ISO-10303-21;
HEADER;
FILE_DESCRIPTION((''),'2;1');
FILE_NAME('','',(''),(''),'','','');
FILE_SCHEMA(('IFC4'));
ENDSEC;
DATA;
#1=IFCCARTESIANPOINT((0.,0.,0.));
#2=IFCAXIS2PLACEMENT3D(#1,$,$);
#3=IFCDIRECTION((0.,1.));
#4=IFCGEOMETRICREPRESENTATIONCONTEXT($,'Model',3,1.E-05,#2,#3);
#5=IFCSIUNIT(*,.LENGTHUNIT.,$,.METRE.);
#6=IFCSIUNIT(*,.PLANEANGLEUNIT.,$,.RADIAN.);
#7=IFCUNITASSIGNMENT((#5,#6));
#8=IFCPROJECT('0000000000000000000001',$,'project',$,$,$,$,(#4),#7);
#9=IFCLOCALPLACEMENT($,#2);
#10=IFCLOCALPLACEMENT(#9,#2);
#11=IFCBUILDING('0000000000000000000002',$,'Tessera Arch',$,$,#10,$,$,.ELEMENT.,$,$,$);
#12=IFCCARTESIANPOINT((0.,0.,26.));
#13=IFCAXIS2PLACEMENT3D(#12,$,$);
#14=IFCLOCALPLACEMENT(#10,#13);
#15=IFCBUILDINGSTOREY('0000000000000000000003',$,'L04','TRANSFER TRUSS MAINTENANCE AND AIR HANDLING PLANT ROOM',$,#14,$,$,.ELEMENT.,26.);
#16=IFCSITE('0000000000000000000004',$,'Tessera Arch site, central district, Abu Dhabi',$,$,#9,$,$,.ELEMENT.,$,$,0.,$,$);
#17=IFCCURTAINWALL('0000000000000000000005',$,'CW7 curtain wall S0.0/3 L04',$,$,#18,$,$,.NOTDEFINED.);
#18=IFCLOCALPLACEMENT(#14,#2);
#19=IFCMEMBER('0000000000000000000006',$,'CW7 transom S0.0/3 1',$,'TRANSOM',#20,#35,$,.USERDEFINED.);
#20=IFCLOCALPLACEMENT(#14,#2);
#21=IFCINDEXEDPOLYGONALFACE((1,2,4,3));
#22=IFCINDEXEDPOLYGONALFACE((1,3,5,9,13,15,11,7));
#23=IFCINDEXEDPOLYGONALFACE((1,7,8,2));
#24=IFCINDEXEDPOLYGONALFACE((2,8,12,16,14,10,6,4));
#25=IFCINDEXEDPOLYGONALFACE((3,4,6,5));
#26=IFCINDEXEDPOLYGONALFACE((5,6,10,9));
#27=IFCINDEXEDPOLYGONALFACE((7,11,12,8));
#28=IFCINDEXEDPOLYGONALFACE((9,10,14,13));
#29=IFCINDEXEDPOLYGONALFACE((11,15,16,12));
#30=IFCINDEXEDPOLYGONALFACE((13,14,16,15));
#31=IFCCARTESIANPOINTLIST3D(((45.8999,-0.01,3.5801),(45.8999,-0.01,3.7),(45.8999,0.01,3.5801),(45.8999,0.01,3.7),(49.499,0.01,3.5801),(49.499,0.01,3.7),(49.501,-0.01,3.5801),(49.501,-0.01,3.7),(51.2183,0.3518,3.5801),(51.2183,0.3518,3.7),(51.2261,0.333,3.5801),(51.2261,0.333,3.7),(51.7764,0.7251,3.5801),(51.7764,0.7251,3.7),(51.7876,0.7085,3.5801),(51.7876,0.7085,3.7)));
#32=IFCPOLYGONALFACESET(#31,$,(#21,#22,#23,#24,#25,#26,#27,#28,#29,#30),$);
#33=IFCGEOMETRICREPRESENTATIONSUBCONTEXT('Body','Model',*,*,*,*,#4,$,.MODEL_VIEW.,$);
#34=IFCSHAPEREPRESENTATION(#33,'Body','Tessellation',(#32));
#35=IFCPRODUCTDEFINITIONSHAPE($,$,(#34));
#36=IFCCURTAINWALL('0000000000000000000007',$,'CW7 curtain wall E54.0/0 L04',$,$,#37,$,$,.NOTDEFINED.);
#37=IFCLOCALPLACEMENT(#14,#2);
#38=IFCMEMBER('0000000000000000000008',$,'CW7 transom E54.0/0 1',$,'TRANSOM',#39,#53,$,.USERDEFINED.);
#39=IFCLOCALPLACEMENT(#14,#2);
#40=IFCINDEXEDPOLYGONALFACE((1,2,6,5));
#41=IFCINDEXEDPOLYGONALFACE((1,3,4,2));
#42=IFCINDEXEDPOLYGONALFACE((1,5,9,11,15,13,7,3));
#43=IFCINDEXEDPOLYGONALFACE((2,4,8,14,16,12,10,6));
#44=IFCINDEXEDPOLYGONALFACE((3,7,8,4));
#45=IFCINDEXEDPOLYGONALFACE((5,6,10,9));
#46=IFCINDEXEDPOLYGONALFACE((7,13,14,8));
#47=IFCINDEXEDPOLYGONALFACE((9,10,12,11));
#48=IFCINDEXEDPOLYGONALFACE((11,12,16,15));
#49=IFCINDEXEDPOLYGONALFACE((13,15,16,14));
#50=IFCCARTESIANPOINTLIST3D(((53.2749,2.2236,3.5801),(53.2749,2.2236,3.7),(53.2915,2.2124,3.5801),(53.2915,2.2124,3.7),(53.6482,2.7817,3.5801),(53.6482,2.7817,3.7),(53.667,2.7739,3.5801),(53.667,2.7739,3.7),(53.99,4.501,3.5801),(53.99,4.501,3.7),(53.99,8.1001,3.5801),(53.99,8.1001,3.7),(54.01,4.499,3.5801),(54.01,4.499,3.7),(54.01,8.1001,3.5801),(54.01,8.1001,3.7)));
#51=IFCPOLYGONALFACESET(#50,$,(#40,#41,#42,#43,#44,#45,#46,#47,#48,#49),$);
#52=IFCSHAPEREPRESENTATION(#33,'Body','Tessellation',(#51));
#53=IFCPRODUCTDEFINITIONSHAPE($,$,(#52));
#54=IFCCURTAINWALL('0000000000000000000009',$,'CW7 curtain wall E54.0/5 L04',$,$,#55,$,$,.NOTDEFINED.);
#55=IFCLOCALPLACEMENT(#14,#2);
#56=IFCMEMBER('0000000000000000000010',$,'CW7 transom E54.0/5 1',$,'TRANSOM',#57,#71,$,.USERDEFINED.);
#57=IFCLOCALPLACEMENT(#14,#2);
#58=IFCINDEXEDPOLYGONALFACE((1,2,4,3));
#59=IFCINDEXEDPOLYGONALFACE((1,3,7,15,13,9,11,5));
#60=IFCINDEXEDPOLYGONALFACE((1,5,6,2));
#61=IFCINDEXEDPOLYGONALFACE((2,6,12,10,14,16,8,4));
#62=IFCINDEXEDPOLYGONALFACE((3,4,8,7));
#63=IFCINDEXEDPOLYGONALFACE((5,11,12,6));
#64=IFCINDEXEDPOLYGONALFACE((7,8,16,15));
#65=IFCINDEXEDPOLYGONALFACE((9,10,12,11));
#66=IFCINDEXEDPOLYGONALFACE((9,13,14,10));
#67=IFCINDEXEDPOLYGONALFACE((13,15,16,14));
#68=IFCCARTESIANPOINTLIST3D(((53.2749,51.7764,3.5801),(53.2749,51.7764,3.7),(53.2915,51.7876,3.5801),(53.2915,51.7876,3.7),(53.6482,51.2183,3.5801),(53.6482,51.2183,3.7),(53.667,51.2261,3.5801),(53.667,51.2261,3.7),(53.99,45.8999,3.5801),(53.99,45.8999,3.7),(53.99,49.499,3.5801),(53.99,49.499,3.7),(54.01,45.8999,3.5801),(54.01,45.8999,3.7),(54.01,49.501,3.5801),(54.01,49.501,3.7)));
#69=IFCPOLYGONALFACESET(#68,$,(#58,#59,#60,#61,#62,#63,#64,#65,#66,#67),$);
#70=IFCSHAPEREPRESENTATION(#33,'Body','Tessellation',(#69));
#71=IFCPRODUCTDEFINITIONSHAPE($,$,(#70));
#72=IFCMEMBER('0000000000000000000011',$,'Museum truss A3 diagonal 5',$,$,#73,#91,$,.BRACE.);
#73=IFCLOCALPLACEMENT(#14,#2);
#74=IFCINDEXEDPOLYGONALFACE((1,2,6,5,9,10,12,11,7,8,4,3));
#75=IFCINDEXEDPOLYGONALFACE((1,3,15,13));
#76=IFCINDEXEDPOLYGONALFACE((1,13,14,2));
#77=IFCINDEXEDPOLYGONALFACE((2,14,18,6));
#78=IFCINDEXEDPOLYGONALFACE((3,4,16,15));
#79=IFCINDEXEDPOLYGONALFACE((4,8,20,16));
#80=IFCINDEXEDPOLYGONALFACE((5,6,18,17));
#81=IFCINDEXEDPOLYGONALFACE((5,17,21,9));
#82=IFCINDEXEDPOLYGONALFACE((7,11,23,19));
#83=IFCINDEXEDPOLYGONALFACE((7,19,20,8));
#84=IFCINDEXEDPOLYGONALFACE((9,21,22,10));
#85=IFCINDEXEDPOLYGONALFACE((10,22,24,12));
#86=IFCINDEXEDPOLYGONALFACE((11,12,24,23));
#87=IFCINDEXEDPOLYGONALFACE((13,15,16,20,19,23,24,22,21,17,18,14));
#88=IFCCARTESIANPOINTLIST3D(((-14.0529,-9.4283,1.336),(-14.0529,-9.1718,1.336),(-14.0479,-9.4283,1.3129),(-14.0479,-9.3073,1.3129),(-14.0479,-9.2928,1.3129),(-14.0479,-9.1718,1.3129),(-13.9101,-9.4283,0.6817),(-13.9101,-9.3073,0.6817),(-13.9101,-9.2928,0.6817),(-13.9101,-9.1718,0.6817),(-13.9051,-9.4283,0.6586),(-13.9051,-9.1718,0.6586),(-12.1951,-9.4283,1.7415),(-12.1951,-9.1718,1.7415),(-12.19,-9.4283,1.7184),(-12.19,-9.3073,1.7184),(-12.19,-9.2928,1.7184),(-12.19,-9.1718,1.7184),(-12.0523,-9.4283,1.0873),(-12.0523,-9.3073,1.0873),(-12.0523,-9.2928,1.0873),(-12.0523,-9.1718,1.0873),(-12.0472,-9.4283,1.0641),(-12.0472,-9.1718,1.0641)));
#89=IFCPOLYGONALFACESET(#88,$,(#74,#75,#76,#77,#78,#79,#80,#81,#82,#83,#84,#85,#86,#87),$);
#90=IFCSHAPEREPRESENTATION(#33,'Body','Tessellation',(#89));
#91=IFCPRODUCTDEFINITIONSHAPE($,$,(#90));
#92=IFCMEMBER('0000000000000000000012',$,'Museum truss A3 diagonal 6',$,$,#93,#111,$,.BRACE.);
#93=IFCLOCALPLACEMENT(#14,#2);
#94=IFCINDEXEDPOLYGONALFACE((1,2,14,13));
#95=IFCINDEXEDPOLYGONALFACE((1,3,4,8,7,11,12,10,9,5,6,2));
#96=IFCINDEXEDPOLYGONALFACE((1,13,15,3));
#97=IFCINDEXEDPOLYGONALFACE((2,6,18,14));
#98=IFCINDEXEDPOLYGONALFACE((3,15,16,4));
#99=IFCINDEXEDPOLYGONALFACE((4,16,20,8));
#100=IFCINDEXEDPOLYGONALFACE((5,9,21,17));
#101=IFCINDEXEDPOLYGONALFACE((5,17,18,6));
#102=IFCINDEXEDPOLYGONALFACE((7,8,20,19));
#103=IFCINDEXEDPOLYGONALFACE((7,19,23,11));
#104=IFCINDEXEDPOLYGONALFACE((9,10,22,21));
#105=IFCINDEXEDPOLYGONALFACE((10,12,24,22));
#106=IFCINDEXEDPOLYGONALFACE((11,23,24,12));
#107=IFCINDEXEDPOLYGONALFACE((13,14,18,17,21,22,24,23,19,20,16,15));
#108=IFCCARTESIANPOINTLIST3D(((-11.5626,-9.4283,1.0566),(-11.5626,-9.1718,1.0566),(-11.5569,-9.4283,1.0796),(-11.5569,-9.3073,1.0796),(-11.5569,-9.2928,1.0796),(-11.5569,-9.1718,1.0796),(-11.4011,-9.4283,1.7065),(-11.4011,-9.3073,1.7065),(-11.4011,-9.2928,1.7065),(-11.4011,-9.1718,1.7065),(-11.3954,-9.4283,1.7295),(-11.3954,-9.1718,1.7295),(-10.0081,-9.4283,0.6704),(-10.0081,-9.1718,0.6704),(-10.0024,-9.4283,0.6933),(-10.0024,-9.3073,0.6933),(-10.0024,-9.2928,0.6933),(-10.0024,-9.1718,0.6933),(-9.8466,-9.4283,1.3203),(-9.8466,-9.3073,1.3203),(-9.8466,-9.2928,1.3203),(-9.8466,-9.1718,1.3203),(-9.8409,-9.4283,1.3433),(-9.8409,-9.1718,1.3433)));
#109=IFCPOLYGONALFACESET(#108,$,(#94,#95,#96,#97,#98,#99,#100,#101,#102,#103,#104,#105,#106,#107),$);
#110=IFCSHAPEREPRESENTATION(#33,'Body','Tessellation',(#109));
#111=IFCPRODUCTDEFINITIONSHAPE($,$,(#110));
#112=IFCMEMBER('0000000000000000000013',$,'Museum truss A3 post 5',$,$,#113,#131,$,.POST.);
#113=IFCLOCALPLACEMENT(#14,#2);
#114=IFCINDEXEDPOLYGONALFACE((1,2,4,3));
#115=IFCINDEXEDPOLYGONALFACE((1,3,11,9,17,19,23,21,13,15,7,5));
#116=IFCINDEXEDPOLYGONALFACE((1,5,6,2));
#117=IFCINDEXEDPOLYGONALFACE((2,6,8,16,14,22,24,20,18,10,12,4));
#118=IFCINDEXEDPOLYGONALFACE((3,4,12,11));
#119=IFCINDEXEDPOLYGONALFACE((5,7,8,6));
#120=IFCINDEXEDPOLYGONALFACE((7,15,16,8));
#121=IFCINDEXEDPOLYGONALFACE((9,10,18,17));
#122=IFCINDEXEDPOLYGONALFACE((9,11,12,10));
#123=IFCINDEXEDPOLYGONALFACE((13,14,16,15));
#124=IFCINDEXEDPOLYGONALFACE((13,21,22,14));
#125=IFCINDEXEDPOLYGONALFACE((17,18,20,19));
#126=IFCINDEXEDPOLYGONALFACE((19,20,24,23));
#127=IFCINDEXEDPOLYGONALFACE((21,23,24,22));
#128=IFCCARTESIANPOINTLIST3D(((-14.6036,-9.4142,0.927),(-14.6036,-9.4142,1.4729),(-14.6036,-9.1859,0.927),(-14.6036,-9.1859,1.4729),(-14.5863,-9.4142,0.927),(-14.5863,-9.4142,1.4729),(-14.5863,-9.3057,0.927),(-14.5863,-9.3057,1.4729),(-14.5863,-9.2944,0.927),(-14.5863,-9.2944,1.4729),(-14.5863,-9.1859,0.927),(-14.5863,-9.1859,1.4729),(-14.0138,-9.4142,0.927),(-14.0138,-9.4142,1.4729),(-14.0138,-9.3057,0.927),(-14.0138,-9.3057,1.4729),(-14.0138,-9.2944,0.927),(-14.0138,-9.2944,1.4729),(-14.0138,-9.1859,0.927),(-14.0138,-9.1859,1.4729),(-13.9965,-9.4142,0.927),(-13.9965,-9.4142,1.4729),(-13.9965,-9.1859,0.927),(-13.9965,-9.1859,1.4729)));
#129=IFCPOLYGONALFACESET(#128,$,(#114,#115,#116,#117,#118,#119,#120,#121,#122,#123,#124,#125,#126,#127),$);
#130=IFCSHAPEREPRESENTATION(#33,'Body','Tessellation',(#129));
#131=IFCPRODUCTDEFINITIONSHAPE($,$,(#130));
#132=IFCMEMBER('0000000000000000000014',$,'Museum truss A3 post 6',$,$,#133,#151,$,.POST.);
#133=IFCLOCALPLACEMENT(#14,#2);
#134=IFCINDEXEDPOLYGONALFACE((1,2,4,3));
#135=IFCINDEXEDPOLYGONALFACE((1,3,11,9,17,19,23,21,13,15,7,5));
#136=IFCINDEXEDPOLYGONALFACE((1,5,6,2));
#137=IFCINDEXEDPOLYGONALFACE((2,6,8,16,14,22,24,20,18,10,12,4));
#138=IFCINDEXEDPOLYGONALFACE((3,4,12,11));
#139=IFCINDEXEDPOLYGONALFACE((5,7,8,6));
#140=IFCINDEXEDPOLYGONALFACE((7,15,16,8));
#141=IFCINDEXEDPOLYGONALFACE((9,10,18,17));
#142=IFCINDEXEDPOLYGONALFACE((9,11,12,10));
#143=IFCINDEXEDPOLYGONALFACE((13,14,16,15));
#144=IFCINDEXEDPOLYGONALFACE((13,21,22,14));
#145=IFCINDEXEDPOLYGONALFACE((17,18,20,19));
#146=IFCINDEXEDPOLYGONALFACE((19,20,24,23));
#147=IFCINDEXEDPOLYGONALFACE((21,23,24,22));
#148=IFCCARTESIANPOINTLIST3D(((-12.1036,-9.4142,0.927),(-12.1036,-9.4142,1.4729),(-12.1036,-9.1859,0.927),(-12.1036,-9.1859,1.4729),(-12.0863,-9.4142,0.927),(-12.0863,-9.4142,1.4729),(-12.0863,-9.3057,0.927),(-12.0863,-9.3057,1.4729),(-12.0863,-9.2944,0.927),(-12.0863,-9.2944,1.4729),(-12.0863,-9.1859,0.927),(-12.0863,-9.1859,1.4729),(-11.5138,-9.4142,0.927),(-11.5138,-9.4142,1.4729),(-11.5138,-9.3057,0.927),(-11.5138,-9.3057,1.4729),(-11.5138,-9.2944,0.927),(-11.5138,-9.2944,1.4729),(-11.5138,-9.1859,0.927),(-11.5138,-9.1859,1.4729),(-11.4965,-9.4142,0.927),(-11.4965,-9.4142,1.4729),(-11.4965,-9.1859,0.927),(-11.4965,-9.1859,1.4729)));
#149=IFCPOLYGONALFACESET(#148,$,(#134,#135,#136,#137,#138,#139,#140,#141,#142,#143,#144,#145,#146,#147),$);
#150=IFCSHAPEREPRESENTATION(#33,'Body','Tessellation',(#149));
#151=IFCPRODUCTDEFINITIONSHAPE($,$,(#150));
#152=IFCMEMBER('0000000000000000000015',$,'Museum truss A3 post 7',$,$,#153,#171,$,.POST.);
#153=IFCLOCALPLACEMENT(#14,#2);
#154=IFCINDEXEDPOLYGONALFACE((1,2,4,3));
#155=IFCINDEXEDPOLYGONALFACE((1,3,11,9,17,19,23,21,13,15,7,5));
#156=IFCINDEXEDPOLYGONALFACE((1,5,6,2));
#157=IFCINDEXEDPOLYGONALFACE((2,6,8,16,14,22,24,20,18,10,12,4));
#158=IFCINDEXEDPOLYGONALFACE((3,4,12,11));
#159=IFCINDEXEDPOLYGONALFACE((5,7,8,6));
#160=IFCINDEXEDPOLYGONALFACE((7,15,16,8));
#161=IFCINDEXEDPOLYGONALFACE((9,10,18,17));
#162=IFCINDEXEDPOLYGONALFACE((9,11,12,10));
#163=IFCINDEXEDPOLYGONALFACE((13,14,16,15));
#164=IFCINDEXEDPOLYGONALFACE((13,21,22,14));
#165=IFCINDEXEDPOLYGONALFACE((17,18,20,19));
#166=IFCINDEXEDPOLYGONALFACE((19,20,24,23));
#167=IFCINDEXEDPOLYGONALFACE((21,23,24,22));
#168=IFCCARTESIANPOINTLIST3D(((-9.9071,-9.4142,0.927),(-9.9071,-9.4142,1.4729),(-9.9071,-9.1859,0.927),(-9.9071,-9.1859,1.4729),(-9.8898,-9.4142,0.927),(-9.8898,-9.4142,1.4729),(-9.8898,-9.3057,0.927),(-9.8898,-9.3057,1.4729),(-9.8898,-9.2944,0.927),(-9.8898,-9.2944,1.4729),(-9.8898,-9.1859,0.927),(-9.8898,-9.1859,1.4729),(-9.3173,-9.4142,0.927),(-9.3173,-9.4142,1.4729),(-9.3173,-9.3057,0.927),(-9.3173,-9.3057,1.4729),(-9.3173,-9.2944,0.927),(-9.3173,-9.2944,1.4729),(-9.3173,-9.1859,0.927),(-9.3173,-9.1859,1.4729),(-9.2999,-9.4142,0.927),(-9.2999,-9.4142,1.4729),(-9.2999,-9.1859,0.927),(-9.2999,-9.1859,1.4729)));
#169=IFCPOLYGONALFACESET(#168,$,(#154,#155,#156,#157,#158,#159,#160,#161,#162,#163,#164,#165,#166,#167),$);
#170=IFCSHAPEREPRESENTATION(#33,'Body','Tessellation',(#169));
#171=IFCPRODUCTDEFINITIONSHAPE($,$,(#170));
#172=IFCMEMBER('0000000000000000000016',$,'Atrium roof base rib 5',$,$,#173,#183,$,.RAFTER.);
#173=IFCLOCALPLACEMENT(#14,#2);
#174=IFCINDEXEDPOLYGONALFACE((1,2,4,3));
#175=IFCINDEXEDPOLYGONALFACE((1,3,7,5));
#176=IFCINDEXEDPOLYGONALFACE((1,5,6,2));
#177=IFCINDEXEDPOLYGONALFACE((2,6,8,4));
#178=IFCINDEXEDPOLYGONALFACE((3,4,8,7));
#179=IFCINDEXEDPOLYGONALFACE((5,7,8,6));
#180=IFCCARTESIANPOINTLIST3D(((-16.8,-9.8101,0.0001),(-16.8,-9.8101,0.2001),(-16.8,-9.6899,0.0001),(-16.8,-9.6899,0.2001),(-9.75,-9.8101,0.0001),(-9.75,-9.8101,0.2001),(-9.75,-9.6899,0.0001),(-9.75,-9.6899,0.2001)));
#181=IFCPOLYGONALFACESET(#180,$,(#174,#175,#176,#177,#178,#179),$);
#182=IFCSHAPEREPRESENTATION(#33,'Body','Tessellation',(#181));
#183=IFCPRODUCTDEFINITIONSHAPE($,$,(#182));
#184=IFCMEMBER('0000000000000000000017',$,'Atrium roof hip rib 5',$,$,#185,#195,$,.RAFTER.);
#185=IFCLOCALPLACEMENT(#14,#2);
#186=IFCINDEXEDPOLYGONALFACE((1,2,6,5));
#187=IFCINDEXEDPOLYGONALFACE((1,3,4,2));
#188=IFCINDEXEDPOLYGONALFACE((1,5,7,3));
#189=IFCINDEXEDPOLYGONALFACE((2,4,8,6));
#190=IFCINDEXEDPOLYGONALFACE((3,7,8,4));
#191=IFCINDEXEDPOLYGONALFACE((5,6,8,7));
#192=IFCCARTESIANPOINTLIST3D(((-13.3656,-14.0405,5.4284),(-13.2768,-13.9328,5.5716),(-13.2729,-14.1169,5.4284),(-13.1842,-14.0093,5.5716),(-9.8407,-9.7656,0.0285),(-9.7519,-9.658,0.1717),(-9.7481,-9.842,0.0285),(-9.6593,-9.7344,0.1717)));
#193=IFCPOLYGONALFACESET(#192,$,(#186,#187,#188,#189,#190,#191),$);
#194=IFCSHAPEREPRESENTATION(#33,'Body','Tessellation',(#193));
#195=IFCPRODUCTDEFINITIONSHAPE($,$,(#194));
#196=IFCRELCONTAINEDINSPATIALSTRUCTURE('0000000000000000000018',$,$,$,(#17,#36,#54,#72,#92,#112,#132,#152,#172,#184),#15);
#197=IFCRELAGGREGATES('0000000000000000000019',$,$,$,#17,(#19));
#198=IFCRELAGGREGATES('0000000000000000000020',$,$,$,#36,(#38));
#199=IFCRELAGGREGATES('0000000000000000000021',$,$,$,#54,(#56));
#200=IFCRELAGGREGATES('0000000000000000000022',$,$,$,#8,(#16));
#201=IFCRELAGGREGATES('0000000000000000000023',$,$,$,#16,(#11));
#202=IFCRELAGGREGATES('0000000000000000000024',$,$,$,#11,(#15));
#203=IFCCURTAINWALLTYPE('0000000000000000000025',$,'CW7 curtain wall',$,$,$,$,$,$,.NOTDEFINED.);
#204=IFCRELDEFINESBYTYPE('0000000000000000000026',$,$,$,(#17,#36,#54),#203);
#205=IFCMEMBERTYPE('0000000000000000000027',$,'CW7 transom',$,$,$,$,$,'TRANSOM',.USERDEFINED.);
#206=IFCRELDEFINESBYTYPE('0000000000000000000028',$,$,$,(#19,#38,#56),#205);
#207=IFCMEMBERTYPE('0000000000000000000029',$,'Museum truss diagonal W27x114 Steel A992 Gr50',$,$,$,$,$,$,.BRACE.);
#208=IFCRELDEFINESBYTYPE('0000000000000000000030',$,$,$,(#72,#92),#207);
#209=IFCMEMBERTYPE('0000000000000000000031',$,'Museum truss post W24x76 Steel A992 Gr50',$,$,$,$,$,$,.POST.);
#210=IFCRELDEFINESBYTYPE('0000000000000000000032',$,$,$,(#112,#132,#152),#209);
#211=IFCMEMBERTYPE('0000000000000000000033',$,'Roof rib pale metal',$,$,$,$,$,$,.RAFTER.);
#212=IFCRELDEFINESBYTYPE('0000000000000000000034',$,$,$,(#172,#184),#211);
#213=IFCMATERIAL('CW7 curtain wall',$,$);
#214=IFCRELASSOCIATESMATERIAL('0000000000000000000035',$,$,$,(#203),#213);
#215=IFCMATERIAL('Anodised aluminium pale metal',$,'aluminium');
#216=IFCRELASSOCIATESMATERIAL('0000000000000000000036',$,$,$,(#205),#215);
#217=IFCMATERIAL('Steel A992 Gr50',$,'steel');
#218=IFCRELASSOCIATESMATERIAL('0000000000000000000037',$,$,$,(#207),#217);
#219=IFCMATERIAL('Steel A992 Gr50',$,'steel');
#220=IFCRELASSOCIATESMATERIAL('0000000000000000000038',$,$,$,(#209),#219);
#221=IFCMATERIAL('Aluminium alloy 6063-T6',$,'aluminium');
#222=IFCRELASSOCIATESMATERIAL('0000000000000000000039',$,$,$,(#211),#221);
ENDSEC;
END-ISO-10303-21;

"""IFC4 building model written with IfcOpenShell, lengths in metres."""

from ifc_helpers import new_model, si_unit, direction, frame, origin, origin_2d, place, context, subcontext, project, spatial, polyline, rectangle, i_section, outline, extrude, material, material_profile, profile_set, type_object, element, aggregate, save


model = new_model("IFC4")

# Units and contexts
model_context = context("Model", 3, precision=1e-05, world=origin(), true_north=direction((0.0, 1.0)))
body_context = subcontext(model_context, "Body", "Model", "MODEL_VIEW")
ifc_project = project(units=[si_unit("LENGTHUNIT", "METRE"), si_unit("PLANEANGLEUNIT", "RADIAN")], contexts=[model_context])

# Site, building, storey
site_placement = place(None, origin())
site = spatial("IfcSite", under=ifc_project, at=site_placement, Name="Tessera Arch site, central district, Abu Dhabi", CompositionType="ELEMENT", RefElevation=0.0)
building_placement = place(site_placement, origin())
building = spatial("IfcBuilding", under=site, at=building_placement, Name="Tessera Arch", CompositionType="ELEMENT")
storey_placement = place(building_placement, frame((0.0, 0.0, 26.0)))
storey = spatial("IfcBuildingStorey", under=building, at=storey_placement, Name="L04", Description="TRANSFER TRUSS MAINTENANCE AND AIR HANDLING PLANT ROOM", CompositionType="ELEMENT", Elevation=26.0)

# Curtain walls, members
ifc_material_1 = material(Name="CW7 curtain wall")
curtain_wall_type = type_object("IfcCurtainWallType", Name="CW7 curtain wall", PredefinedType="NOTDEFINED", material=ifc_material_1)
curtain_wall_1_placement = place(storey_placement, origin())
curtain_wall_1 = element("IfcCurtainWall", 1, at=curtain_wall_1_placement, inside=storey, type_object=curtain_wall_type, Name="CW7 curtain wall S0.0/3 L04", PredefinedType="NOTDEFINED")
ifc_material_2 = material(Name="Anodised aluminium pale metal", Category="aluminium")
ifc_material_profile_1 = material_profile(ifc_material_2, rectangle(XDim=0.1599, YDim=0.1201, at=origin_2d()), Name="AL 160x120")
ifc_profile_set_1 = profile_set([ifc_material_profile_1], Name="Anodised aluminium pale metal")
member_type_1 = type_object("IfcMemberType", Name="CW7 transom", ElementType="TRANSOM", PredefinedType="USERDEFINED", material=ifc_profile_set_1)
member_1_placement = place(storey_placement, frame((0.0, 0.0, 3.5801)))
member_1 = element("IfcMember", 2, at=member_1_placement, type_object=member_type_1, Name="CW7 transom S0.0/3 1", ObjectType="TRANSOM", PredefinedType="USERDEFINED", context=body_context, shape_type="SweptSolid", body=[
    extrude(outline(polyline([(49.499, 0.01), (45.8999, 0.01), (45.8999, -0.01), (49.501, -0.01), (51.2261, 0.333), (51.7876, 0.7085), (51.7764, 0.7251), (51.2183, 0.3518), (49.499, 0.01)])), origin(), (0.0, 0.0, 1.0), 0.1199),
])
curtain_wall_2_placement = place(storey_placement, origin())
curtain_wall_2 = element("IfcCurtainWall", 3, at=curtain_wall_2_placement, inside=storey, type_object=curtain_wall_type, Name="CW7 curtain wall E54.0/0 L04", PredefinedType="NOTDEFINED")
member_2_placement = place(storey_placement, frame((0.0, 0.0, 3.5801)))
member_2 = element("IfcMember", 4, at=member_2_placement, type_object=member_type_1, Name="CW7 transom E54.0/0 1", ObjectType="TRANSOM", PredefinedType="USERDEFINED", context=body_context, shape_type="SweptSolid", body=[
    extrude(outline(polyline([(53.6482, 2.7817), (53.2749, 2.2236), (53.2915, 2.2124), (53.667, 2.7739), (54.01, 4.499), (54.01, 8.1001), (53.99, 8.1001), (53.99, 4.501), (53.6482, 2.7817)])), origin(), (0.0, 0.0, 1.0), 0.1199),
])
curtain_wall_3_placement = place(storey_placement, origin())
curtain_wall_3 = element("IfcCurtainWall", 5, at=curtain_wall_3_placement, inside=storey, type_object=curtain_wall_type, Name="CW7 curtain wall E54.0/5 L04", PredefinedType="NOTDEFINED")
member_3_placement = place(storey_placement, frame((0.0, 0.0, 3.5801)))
member_3 = element("IfcMember", 6, at=member_3_placement, type_object=member_type_1, Name="CW7 transom E54.0/5 1", ObjectType="TRANSOM", PredefinedType="USERDEFINED", context=body_context, shape_type="SweptSolid", body=[
    extrude(outline(polyline([(53.99, 49.499), (53.99, 45.8999), (54.01, 45.8999), (54.01, 49.501), (53.667, 51.2261), (53.2915, 51.7876), (53.2749, 51.7764), (53.6482, 51.2183), (53.99, 49.499)])), origin(), (0.0, 0.0, 1.0), 0.1199),
])

# Members
ifc_material_3 = material(Name="Steel A992 Gr50", Category="steel")
ifc_material_profile_2 = material_profile(ifc_material_3, i_section(OverallWidth=0.2566, OverallDepth=0.6934, WebThickness=0.0144, FlangeThickness=0.0237, at=origin_2d()), Name="W27x114")
ifc_profile_set_2 = profile_set([ifc_material_profile_2], Name="Steel A992 Gr50")
member_type_2 = type_object("IfcMemberType", Name="Museum truss diagonal W27x114 Steel A992 Gr50", PredefinedType="BRACE", material=ifc_profile_set_2)
member_4_placement = place(storey_placement, frame((-13.979, -9.3, 0.9973), z_axis=(0.976999, 0.0, 0.213245), x_axis=(0.0, 1.0, 0.0)))
element("IfcMember", 7, at=member_4_placement, inside=storey, type_object=member_type_2, Name="Museum truss A3 diagonal 5", PredefinedType="BRACE", context=body_context, shape_type="SweptSolid", body=[
    extrude(i_section(OverallWidth=0.2566, OverallDepth=0.6934, WebThickness=0.0144, FlangeThickness=0.0237, at=origin_2d()), origin(), (0.0, 0.0, 1.0), 1.9016),
])
member_5_placement = place(storey_placement, frame((-11.479, -9.3, 1.3931), z_axis=(0.970491, 0.0, -0.241137), x_axis=(0.0, 1.0, 0.0)))
element("IfcMember", 8, at=member_5_placement, inside=storey, type_object=member_type_2, Name="Museum truss A3 diagonal 6", PredefinedType="BRACE", context=body_context, shape_type="SweptSolid", body=[
    extrude(i_section(OverallWidth=0.2566, OverallDepth=0.6934, WebThickness=0.0144, FlangeThickness=0.0237, at=origin_2d()), origin(), (0.0, 0.0, 1.0), 1.6018),
])
ifc_material_4 = material(Name="Steel A992 Gr50", Category="steel")
ifc_material_profile_3 = material_profile(ifc_material_4, i_section(OverallWidth=0.2283, OverallDepth=0.6072, WebThickness=0.0112, FlangeThickness=0.0173, at=origin_2d()), Name="W24x76")
ifc_profile_set_3 = profile_set([ifc_material_profile_3], Name="Steel A992 Gr50")
member_type_3 = type_object("IfcMemberType", Name="Museum truss post W24x76 Steel A992 Gr50", PredefinedType="POST", material=ifc_profile_set_3)
for number, where, z_axis, x_axis, name in (
    (9, (-14.3, -9.3, 0.927), (0.0, 0.0, 1.0), (0.0, 1.0, 0.0), "Museum truss A3 post 5"),
    (10, (-11.8, -9.3, 0.927), (0.0, 0.0, 1.0), (0.0, 1.0, 0.0), "Museum truss A3 post 6"),
    (11, (-9.6035, -9.3, 0.927), (0.0, 0.0, 1.0), (0.0, 1.0, 0.0), "Museum truss A3 post 7"),
):
    element("IfcMember", number, at=place(storey_placement, frame(where, z_axis=z_axis, x_axis=x_axis)), inside=storey, type_object=member_type_3, Name=name, PredefinedType="POST", context=body_context, shape_type="SweptSolid", body=[
        extrude(i_section(OverallWidth=0.2283, OverallDepth=0.6072, WebThickness=0.0112, FlangeThickness=0.0173, at=origin_2d()), origin(), (0.0, 0.0, 1.0), 0.5459),
    ])
ifc_material_5 = material(Name="Aluminium alloy 6063-T6", Category="aluminium")
ifc_material_profile_4 = material_profile(ifc_material_5, rectangle(XDim=0.1201, YDim=0.2, at=origin_2d()), Name="AL 120x200")
ifc_profile_set_4 = profile_set([ifc_material_profile_4], Name="Aluminium alloy 6063-T6")
member_type_4 = type_object("IfcMemberType", Name="Roof rib pale metal", PredefinedType="RAFTER", material=ifc_profile_set_4)
member_6_placement = place(storey_placement, frame((-9.75, -9.75, 0.1001), z_axis=(-1.0, 0.0, 0.0), x_axis=(0.0, -1.0, 0.0)))
element("IfcMember", 12, at=member_6_placement, inside=storey, type_object=member_type_4, Name="Atrium roof base rib 5", PredefinedType="RAFTER", context=body_context, shape_type="SweptSolid", body=[
    extrude(rectangle(XDim=0.1201, YDim=0.2, at=origin_2d()), origin(), (0.0, 0.0, 1.0), 7.05),
])
member_7_placement = place(storey_placement, frame((-9.75, -9.75, 0.1001), z_axis=(-0.4556, -0.552539, 0.697947), x_axis=(0.771541, -0.63618, 0.0)))
element("IfcMember", 13, at=member_7_placement, inside=storey, type_object=member_type_4, Name="Atrium roof hip rib 5", PredefinedType="RAFTER", context=body_context, shape_type="SweptSolid", body=[
    extrude(rectangle(XDim=0.1201, YDim=0.2, at=origin_2d()), origin(), (0.0, 0.0, 1.0), 7.7368),
])

aggregate(curtain_wall_1, [member_1])
aggregate(curtain_wall_2, [member_2])
aggregate(curtain_wall_3, [member_3])

save(model, "model.ifc")
